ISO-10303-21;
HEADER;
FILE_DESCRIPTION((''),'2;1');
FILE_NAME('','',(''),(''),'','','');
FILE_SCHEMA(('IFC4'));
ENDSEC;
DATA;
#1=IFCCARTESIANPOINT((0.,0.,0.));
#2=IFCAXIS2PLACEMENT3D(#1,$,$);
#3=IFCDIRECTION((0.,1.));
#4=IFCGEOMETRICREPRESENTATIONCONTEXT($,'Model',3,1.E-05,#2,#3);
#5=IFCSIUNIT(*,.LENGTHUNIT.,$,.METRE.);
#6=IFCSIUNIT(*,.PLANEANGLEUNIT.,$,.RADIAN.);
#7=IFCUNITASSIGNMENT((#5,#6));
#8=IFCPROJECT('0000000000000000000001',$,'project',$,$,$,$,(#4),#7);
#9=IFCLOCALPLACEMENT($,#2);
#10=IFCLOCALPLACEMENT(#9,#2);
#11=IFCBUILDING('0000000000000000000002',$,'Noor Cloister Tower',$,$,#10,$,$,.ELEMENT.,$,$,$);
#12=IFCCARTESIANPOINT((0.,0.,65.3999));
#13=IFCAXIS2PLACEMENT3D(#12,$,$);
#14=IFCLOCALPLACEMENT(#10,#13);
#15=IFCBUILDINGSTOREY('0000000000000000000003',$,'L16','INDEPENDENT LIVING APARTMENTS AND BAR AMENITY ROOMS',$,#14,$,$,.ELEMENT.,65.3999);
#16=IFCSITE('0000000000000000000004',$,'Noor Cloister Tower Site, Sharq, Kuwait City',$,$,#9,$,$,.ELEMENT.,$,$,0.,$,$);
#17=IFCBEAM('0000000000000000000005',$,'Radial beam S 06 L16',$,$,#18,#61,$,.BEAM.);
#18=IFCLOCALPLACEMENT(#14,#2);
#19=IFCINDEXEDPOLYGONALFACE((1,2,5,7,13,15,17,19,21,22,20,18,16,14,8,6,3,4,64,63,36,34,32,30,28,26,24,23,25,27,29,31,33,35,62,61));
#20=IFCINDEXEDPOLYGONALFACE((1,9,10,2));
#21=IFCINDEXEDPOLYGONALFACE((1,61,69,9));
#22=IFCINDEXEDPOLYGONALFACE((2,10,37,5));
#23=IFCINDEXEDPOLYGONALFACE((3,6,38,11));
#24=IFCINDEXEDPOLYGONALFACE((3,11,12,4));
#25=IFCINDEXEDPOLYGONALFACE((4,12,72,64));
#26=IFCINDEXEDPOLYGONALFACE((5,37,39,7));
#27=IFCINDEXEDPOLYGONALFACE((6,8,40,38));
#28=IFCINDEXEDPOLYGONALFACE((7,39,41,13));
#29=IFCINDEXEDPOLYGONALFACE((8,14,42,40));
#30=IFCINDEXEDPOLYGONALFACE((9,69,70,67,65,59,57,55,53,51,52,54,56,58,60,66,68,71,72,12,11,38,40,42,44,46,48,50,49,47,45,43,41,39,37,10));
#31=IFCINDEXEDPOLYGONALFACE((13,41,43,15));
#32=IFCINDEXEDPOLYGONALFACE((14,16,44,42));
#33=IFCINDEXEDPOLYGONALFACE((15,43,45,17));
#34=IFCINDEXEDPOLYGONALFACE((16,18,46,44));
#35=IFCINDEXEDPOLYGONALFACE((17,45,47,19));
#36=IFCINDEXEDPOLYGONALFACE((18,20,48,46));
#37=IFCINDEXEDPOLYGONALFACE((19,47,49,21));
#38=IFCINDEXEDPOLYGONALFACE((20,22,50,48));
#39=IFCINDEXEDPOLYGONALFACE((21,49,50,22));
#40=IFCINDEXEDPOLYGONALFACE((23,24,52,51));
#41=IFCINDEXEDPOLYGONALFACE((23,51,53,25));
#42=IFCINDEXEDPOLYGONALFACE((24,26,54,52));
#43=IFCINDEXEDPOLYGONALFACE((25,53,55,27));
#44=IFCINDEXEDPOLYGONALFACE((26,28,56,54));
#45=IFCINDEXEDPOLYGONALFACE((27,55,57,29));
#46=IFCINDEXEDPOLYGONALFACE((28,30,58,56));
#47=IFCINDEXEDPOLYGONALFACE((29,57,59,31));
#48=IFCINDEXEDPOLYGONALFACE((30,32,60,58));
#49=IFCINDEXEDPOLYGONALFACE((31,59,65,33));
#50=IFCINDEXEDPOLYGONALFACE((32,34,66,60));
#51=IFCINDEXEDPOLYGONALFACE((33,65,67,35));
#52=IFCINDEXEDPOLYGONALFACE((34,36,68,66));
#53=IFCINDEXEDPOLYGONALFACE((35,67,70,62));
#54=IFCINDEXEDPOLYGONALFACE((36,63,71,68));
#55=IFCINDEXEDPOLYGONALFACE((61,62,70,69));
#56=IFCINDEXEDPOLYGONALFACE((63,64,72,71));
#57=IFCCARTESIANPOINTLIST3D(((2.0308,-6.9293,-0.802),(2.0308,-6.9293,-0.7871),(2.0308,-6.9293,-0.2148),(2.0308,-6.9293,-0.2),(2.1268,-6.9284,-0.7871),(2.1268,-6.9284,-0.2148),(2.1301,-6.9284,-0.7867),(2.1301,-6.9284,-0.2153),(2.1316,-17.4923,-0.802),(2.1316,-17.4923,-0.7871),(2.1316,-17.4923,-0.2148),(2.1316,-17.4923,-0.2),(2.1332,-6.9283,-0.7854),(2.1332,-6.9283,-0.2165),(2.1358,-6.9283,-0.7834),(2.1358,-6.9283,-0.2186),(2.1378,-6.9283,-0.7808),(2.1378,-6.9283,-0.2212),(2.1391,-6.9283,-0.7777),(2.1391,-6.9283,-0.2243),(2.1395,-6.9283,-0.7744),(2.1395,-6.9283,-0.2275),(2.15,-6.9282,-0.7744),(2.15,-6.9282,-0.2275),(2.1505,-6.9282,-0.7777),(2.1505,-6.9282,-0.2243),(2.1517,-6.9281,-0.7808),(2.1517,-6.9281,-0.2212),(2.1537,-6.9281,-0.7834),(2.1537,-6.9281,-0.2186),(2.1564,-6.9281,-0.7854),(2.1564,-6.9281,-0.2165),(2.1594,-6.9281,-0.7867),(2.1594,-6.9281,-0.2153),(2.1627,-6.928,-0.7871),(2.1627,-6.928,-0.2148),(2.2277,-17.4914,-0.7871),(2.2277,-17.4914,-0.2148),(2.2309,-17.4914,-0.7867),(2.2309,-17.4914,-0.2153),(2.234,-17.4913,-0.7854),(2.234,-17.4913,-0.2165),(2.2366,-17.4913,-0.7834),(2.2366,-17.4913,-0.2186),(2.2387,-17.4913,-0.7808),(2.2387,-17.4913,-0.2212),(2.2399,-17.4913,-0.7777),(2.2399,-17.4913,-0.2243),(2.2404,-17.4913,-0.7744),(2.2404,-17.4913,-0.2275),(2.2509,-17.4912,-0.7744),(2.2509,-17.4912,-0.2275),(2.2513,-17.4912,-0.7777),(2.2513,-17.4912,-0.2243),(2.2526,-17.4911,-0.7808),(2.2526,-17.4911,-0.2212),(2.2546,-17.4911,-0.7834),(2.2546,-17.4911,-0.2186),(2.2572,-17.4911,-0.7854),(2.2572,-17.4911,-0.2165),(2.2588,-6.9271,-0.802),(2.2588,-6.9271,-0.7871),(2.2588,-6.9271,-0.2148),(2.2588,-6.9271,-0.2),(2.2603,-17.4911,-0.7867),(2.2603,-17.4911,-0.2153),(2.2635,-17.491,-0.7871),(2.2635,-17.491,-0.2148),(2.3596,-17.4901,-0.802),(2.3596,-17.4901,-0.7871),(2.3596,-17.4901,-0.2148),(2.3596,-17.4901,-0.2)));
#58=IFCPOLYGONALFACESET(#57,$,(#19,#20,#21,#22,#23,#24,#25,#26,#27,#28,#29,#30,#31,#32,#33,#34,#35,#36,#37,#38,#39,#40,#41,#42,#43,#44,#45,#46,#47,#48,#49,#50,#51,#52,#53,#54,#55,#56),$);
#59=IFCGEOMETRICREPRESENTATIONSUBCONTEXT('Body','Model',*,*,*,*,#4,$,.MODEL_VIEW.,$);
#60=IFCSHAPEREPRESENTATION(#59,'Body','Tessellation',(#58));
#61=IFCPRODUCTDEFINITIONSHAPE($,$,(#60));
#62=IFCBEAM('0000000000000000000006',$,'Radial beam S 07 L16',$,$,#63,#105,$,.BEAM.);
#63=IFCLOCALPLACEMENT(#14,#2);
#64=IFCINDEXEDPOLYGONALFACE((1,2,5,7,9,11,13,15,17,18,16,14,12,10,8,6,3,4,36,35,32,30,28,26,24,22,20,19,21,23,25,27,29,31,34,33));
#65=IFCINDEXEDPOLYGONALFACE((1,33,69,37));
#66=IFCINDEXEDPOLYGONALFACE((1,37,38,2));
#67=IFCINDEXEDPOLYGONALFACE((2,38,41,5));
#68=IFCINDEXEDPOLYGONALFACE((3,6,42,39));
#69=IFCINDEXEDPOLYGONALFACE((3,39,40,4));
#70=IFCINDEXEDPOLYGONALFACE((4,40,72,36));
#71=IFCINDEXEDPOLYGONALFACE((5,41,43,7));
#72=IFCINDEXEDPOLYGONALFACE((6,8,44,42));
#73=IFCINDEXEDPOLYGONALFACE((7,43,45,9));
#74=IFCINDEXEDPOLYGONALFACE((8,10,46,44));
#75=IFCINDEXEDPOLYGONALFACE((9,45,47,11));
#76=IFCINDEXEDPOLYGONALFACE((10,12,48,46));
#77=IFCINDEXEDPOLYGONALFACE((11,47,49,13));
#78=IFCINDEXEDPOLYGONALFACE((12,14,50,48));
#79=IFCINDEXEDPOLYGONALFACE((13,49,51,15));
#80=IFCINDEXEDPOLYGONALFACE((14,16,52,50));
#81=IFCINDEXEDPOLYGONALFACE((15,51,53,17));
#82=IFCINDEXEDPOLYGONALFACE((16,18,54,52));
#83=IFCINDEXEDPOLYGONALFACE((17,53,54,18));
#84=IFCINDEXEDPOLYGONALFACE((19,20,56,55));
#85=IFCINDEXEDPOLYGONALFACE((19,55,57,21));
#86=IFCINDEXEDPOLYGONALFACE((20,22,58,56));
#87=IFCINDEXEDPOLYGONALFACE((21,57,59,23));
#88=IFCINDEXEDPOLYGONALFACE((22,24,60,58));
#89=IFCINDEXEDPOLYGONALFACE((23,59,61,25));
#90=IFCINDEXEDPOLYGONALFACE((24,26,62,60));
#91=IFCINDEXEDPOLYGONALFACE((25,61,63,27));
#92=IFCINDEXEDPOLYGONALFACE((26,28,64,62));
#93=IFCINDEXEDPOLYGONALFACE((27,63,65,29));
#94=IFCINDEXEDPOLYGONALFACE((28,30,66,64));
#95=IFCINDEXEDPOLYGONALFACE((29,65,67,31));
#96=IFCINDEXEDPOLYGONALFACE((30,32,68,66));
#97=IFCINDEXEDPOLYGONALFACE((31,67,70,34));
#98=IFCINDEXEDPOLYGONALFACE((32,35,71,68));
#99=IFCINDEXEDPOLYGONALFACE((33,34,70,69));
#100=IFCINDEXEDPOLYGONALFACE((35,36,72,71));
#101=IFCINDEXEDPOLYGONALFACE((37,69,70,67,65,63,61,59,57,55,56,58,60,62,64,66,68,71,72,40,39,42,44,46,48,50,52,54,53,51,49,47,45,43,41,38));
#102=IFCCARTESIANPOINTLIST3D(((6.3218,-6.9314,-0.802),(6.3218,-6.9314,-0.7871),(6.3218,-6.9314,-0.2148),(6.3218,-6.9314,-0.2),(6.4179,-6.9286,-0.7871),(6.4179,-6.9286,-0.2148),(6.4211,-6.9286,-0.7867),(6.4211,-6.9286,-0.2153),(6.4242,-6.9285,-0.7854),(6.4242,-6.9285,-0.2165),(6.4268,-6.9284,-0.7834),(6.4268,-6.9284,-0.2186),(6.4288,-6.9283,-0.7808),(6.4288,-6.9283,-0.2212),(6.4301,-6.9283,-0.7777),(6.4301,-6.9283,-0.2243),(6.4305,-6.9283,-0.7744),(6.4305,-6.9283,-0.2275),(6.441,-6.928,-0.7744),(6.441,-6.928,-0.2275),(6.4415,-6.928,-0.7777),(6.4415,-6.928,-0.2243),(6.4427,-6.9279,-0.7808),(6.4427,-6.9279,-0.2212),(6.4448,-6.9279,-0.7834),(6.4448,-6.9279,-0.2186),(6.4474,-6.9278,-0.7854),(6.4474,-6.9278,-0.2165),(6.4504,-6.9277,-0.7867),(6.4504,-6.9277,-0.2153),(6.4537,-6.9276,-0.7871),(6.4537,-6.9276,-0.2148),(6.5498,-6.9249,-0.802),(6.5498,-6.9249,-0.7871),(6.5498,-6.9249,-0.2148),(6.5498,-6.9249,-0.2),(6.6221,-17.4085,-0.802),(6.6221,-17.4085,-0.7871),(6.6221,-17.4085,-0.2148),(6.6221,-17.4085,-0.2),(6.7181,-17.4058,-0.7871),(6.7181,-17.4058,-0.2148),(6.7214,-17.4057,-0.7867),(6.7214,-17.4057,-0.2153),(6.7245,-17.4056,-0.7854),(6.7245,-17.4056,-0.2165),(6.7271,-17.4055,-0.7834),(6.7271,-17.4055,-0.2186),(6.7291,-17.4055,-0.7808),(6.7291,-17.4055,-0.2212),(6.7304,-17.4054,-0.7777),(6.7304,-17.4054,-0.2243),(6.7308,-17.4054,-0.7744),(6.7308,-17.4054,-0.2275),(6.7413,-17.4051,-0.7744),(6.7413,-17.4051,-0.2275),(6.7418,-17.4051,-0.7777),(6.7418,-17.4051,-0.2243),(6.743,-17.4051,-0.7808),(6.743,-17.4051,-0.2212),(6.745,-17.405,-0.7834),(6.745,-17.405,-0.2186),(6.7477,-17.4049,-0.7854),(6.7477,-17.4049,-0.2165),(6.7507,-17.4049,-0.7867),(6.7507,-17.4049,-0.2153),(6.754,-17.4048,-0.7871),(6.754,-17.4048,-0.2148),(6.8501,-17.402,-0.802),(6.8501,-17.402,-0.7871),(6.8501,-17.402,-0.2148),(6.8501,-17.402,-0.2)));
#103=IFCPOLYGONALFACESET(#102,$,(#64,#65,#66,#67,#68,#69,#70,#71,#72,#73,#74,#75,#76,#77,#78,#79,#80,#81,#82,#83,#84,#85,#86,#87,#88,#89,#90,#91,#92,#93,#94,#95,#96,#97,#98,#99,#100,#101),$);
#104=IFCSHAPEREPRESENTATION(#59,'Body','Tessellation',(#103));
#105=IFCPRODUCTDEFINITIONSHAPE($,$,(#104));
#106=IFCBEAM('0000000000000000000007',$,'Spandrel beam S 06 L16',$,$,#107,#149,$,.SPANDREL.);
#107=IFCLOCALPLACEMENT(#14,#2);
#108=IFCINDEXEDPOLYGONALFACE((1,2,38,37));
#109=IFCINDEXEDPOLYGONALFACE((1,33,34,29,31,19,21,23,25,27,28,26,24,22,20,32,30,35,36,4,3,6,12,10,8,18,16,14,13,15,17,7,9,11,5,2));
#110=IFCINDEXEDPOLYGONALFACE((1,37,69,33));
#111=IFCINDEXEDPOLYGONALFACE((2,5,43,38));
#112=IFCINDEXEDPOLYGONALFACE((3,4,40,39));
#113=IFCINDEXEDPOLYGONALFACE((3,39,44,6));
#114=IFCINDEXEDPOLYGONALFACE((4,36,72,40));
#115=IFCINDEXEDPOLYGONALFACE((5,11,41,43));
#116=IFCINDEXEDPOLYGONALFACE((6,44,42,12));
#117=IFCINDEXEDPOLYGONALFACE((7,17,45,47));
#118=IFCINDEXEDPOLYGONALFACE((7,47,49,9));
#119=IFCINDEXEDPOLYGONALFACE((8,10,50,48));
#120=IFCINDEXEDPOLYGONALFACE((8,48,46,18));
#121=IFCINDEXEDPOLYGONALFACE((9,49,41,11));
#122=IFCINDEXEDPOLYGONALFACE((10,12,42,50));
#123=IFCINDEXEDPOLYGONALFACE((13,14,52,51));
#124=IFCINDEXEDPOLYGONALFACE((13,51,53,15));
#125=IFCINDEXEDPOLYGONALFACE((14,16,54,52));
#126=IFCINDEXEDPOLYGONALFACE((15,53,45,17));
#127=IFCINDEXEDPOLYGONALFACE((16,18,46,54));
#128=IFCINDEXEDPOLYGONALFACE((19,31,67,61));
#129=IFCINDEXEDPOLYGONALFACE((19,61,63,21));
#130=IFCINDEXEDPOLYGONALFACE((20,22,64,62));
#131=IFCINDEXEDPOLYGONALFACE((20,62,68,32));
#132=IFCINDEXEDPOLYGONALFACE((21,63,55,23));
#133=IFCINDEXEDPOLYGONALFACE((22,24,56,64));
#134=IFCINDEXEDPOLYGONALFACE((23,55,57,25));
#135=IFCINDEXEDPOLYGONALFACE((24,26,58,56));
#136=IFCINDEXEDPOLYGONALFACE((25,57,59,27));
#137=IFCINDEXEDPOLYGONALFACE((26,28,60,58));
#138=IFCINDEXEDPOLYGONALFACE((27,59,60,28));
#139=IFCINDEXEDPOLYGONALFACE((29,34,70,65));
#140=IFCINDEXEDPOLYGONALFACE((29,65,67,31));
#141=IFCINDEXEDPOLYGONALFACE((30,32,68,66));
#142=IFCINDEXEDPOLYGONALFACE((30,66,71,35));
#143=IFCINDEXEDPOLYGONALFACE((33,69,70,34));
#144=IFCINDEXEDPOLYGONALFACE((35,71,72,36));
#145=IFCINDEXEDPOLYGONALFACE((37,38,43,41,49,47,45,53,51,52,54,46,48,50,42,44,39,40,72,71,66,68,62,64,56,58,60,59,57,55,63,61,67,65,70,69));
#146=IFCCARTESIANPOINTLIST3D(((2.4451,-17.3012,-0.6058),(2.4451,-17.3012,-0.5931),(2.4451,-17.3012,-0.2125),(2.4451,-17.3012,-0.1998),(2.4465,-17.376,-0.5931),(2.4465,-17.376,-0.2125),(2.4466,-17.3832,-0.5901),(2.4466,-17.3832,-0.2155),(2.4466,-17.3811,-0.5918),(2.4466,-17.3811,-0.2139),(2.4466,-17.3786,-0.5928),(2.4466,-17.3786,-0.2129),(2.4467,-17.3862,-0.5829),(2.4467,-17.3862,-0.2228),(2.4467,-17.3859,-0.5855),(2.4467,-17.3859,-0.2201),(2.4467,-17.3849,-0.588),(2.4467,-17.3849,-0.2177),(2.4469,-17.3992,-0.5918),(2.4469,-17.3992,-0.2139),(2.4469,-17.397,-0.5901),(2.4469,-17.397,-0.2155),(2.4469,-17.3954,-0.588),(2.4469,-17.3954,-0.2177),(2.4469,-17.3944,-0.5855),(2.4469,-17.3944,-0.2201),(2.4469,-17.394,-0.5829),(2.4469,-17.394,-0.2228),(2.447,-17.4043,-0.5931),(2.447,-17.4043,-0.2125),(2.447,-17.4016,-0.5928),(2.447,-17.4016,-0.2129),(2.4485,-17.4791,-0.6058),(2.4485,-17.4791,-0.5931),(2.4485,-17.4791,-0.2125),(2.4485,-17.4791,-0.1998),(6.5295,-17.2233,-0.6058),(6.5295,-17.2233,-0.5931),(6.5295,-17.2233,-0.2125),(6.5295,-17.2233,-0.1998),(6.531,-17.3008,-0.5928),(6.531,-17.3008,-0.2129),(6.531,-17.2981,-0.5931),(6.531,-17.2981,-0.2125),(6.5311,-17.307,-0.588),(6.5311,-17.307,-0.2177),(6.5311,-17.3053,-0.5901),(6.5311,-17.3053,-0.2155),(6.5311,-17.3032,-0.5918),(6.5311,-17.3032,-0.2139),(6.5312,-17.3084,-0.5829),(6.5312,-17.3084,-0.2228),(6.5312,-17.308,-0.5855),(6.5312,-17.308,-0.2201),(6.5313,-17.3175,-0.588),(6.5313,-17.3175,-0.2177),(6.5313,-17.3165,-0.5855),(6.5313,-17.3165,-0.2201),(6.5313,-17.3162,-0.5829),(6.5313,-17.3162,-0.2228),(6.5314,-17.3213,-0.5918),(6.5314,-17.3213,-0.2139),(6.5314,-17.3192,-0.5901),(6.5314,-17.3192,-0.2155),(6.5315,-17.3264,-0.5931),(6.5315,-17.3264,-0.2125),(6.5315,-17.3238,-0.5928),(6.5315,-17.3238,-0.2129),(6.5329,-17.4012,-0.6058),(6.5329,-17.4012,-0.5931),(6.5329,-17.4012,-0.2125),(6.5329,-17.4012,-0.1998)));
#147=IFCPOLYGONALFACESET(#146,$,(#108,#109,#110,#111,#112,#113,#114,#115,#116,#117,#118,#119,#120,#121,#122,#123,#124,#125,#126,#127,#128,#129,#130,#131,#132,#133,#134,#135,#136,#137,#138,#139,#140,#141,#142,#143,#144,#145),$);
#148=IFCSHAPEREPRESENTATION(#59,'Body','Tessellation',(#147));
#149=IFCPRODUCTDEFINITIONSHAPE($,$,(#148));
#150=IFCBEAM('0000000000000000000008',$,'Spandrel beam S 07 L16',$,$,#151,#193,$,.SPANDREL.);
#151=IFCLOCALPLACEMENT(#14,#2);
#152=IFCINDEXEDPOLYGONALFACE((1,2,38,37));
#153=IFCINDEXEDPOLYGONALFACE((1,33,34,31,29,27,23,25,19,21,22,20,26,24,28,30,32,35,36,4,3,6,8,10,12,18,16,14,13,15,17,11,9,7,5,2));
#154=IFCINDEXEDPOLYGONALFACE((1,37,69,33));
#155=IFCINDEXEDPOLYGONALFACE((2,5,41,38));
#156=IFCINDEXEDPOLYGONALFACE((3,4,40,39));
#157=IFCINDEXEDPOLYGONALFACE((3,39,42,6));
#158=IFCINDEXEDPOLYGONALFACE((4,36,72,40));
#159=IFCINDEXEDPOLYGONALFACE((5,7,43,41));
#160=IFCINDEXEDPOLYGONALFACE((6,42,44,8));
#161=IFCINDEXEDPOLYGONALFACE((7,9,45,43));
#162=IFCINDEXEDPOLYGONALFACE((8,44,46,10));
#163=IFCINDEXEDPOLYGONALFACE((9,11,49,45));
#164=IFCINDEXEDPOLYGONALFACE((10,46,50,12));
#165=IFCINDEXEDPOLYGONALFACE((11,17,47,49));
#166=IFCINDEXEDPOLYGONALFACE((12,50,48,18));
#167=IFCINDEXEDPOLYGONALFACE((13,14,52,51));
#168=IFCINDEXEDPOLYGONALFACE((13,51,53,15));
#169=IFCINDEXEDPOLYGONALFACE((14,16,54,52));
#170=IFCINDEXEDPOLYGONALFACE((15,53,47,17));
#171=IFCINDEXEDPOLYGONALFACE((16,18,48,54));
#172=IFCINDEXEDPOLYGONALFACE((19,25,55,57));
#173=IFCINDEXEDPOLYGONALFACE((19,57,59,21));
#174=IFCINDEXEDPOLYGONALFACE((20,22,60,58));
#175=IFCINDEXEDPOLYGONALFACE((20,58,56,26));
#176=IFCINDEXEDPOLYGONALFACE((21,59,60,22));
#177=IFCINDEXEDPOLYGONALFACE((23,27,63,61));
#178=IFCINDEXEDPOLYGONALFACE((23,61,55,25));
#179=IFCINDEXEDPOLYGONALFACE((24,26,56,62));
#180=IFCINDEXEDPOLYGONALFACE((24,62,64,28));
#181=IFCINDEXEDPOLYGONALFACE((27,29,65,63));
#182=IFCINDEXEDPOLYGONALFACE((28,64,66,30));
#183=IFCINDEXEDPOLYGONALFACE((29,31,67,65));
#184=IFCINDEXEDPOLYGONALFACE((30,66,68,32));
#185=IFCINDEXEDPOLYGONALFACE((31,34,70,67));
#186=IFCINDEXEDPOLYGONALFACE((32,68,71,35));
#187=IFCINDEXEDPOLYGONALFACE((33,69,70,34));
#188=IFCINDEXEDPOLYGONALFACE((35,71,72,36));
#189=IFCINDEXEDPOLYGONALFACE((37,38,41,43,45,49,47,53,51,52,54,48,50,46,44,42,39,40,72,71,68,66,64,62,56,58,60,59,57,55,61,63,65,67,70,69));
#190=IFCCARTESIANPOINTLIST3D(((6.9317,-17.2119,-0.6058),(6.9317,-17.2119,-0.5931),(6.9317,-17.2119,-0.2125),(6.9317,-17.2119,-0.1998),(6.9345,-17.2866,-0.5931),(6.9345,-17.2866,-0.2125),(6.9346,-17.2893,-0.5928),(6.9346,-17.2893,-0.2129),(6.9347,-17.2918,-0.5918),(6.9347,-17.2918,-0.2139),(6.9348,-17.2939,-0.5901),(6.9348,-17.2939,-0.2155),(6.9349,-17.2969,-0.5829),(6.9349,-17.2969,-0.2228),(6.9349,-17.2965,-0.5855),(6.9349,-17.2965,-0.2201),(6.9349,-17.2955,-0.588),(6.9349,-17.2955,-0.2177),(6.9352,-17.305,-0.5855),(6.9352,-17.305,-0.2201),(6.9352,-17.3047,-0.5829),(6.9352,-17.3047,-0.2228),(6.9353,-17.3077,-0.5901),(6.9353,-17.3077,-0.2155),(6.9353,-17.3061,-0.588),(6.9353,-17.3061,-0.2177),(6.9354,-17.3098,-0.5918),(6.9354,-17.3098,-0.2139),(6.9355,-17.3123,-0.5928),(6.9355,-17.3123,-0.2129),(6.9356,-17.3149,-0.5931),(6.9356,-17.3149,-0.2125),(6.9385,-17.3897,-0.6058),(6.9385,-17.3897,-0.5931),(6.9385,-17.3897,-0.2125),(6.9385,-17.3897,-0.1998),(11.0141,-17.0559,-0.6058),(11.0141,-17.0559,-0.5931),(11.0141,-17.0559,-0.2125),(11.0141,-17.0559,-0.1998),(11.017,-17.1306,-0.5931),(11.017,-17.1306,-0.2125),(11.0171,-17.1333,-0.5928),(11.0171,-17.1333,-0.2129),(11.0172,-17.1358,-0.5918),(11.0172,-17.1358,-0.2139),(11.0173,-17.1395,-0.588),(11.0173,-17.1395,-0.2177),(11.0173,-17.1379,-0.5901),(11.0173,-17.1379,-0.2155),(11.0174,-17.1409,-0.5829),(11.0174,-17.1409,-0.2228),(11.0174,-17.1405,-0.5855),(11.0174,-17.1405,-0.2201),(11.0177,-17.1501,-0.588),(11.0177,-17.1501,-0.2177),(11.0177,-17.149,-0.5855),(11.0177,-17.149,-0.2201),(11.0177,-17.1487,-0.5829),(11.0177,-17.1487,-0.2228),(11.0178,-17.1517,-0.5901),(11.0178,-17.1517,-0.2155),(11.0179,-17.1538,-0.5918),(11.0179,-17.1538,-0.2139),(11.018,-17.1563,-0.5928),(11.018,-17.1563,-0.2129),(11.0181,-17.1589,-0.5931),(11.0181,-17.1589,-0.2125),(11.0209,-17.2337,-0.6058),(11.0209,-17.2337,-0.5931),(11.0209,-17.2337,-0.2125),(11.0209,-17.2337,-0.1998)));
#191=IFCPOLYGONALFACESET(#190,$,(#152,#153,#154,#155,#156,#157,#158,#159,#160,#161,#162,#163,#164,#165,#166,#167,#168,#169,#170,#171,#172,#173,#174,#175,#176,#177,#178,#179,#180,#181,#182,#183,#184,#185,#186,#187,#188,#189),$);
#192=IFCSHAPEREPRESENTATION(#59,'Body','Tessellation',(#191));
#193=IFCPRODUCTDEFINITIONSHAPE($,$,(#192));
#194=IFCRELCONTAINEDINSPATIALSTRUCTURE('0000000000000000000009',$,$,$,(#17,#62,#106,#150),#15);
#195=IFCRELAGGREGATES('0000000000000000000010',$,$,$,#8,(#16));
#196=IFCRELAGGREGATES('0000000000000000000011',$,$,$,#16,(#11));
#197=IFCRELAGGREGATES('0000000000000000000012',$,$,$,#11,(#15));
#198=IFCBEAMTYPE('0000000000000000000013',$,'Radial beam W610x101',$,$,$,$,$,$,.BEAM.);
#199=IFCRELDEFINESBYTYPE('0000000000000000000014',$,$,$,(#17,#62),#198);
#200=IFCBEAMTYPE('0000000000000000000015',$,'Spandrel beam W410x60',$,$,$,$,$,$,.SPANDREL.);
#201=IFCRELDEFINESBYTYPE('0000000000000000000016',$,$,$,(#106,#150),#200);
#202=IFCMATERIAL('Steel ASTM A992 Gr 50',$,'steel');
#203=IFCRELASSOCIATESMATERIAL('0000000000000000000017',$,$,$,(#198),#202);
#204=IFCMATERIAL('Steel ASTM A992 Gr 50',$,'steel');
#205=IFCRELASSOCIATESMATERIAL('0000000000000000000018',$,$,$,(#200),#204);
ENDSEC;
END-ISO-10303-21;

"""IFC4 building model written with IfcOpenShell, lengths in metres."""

from ifc_helpers import new_model, si_unit, direction, frame, origin, origin_2d, place, context, subcontext, project, spatial, i_section, extrude, material, material_profile, profile_set, type_object, element, save


model = new_model("IFC4")

# Units and contexts
model_context = context("Model", 3, precision=1e-05, world=origin(), true_north=direction((0.0, 1.0)))
body_context = subcontext(model_context, "Body", "Model", "MODEL_VIEW")
ifc_project = project(units=[si_unit("LENGTHUNIT", "METRE"), si_unit("PLANEANGLEUNIT", "RADIAN")], contexts=[model_context])

# Site, building, storey
site_placement = place(None, origin())
site = spatial("IfcSite", under=ifc_project, at=site_placement, Name="Noor Cloister Tower Site, Sharq, Kuwait City", CompositionType="ELEMENT", RefElevation=0.0)
building_placement = place(site_placement, origin())
building = spatial("IfcBuilding", under=site, at=building_placement, Name="Noor Cloister Tower", CompositionType="ELEMENT")
storey_placement = place(building_placement, frame((0.0, 0.0, 65.3999)))
storey = spatial("IfcBuildingStorey", under=building, at=storey_placement, Name="L16", Description="INDEPENDENT LIVING APARTMENTS AND BAR AMENITY ROOMS", CompositionType="ELEMENT", Elevation=65.3999)

# Beams
ifc_material_1 = material(Name="Steel ASTM A992 Gr 50", Category="steel")
ifc_material_profile_1 = material_profile(ifc_material_1, i_section(OverallWidth=0.228, OverallDepth=0.6021, WebThickness=0.0105, FlangeThickness=0.0149, FilletRadius=0.0127, at=origin_2d()), Name="W610x101")
ifc_profile_set_1 = profile_set([ifc_material_profile_1], Name="Steel ASTM A992 Gr 50")
beam_type_1 = type_object("IfcBeamType", Name="Radial beam W610x101", PredefinedType="BEAM", material=ifc_profile_set_1)
beam_1_placement = place(storey_placement, frame((2.2456, -17.4912, -0.501), z_axis=(-0.009545, 0.999954, 0.0), x_axis=(-0.999954, -0.009545, 0.0)))
element("IfcBeam", 1, at=beam_1_placement, inside=storey, type_object=beam_type_1, Name="Radial beam S 06 L16", PredefinedType="BEAM", context=body_context, shape_type="SweptSolid", body=[
    extrude(i_section(OverallWidth=0.228, OverallDepth=0.6021, WebThickness=0.0105, FlangeThickness=0.0149, FilletRadius=0.0127, at=origin_2d()), origin(), (0.0, 0.0, 1.0), 10.5635),
])
beam_2_placement = place(storey_placement, frame((6.7361, -17.4053, -0.501), z_axis=(-0.02865, 0.999589, 0.0), x_axis=(-0.999589, -0.02865, 0.0)))
element("IfcBeam", 2, at=beam_2_placement, inside=storey, type_object=beam_type_1, Name="Radial beam S 07 L16", PredefinedType="BEAM", context=body_context, shape_type="SweptSolid", body=[
    extrude(i_section(OverallWidth=0.228, OverallDepth=0.6021, WebThickness=0.0105, FlangeThickness=0.0149, FilletRadius=0.0127, at=origin_2d()), origin(), (0.0, 0.0, 1.0), 10.4814),
])
ifc_material_2 = material(Name="Steel ASTM A992 Gr 50", Category="steel")
ifc_material_profile_2 = material_profile(ifc_material_2, i_section(OverallWidth=0.178, OverallDepth=0.406, WebThickness=0.0078, FlangeThickness=0.0127, FilletRadius=0.0103, at=origin_2d()), Name="W410x60")
ifc_profile_set_2 = profile_set([ifc_material_profile_2], Name="Steel ASTM A992 Gr 50")
beam_type_2 = type_object("IfcBeamType", Name="Spandrel beam W410x60", PredefinedType="SPANDREL", material=ifc_profile_set_2)
beam_3_placement = place(storey_placement, frame((2.4468, -17.3901, -0.4028), z_axis=(0.999818, 0.019064, 0.0), x_axis=(-0.019064, 0.999818, 0.0)))
element("IfcBeam", 3, at=beam_3_placement, inside=storey, type_object=beam_type_2, Name="Spandrel beam S 06 L16", PredefinedType="SPANDREL", context=body_context, shape_type="SweptSolid", body=[
    extrude(i_section(OverallWidth=0.178, OverallDepth=0.406, WebThickness=0.0078, FlangeThickness=0.0127, FilletRadius=0.0103, at=origin_2d()), origin(), (0.0, 0.0, 1.0), 4.0852),
])
beam_4_placement = place(storey_placement, frame((6.9351, -17.3008, -0.4028), z_axis=(0.999271, 0.038185, 0.0), x_axis=(-0.038185, 0.999271, 0.0)))
element("IfcBeam", 4, at=beam_4_placement, inside=storey, type_object=beam_type_2, Name="Spandrel beam S 07 L16", PredefinedType="SPANDREL", context=body_context, shape_type="SweptSolid", body=[
    extrude(i_section(OverallWidth=0.178, OverallDepth=0.406, WebThickness=0.0078, FlangeThickness=0.0127, FilletRadius=0.0103, at=origin_2d()), origin(), (0.0, 0.0, 1.0), 4.0854),
])

save(model, "model.ifc")
